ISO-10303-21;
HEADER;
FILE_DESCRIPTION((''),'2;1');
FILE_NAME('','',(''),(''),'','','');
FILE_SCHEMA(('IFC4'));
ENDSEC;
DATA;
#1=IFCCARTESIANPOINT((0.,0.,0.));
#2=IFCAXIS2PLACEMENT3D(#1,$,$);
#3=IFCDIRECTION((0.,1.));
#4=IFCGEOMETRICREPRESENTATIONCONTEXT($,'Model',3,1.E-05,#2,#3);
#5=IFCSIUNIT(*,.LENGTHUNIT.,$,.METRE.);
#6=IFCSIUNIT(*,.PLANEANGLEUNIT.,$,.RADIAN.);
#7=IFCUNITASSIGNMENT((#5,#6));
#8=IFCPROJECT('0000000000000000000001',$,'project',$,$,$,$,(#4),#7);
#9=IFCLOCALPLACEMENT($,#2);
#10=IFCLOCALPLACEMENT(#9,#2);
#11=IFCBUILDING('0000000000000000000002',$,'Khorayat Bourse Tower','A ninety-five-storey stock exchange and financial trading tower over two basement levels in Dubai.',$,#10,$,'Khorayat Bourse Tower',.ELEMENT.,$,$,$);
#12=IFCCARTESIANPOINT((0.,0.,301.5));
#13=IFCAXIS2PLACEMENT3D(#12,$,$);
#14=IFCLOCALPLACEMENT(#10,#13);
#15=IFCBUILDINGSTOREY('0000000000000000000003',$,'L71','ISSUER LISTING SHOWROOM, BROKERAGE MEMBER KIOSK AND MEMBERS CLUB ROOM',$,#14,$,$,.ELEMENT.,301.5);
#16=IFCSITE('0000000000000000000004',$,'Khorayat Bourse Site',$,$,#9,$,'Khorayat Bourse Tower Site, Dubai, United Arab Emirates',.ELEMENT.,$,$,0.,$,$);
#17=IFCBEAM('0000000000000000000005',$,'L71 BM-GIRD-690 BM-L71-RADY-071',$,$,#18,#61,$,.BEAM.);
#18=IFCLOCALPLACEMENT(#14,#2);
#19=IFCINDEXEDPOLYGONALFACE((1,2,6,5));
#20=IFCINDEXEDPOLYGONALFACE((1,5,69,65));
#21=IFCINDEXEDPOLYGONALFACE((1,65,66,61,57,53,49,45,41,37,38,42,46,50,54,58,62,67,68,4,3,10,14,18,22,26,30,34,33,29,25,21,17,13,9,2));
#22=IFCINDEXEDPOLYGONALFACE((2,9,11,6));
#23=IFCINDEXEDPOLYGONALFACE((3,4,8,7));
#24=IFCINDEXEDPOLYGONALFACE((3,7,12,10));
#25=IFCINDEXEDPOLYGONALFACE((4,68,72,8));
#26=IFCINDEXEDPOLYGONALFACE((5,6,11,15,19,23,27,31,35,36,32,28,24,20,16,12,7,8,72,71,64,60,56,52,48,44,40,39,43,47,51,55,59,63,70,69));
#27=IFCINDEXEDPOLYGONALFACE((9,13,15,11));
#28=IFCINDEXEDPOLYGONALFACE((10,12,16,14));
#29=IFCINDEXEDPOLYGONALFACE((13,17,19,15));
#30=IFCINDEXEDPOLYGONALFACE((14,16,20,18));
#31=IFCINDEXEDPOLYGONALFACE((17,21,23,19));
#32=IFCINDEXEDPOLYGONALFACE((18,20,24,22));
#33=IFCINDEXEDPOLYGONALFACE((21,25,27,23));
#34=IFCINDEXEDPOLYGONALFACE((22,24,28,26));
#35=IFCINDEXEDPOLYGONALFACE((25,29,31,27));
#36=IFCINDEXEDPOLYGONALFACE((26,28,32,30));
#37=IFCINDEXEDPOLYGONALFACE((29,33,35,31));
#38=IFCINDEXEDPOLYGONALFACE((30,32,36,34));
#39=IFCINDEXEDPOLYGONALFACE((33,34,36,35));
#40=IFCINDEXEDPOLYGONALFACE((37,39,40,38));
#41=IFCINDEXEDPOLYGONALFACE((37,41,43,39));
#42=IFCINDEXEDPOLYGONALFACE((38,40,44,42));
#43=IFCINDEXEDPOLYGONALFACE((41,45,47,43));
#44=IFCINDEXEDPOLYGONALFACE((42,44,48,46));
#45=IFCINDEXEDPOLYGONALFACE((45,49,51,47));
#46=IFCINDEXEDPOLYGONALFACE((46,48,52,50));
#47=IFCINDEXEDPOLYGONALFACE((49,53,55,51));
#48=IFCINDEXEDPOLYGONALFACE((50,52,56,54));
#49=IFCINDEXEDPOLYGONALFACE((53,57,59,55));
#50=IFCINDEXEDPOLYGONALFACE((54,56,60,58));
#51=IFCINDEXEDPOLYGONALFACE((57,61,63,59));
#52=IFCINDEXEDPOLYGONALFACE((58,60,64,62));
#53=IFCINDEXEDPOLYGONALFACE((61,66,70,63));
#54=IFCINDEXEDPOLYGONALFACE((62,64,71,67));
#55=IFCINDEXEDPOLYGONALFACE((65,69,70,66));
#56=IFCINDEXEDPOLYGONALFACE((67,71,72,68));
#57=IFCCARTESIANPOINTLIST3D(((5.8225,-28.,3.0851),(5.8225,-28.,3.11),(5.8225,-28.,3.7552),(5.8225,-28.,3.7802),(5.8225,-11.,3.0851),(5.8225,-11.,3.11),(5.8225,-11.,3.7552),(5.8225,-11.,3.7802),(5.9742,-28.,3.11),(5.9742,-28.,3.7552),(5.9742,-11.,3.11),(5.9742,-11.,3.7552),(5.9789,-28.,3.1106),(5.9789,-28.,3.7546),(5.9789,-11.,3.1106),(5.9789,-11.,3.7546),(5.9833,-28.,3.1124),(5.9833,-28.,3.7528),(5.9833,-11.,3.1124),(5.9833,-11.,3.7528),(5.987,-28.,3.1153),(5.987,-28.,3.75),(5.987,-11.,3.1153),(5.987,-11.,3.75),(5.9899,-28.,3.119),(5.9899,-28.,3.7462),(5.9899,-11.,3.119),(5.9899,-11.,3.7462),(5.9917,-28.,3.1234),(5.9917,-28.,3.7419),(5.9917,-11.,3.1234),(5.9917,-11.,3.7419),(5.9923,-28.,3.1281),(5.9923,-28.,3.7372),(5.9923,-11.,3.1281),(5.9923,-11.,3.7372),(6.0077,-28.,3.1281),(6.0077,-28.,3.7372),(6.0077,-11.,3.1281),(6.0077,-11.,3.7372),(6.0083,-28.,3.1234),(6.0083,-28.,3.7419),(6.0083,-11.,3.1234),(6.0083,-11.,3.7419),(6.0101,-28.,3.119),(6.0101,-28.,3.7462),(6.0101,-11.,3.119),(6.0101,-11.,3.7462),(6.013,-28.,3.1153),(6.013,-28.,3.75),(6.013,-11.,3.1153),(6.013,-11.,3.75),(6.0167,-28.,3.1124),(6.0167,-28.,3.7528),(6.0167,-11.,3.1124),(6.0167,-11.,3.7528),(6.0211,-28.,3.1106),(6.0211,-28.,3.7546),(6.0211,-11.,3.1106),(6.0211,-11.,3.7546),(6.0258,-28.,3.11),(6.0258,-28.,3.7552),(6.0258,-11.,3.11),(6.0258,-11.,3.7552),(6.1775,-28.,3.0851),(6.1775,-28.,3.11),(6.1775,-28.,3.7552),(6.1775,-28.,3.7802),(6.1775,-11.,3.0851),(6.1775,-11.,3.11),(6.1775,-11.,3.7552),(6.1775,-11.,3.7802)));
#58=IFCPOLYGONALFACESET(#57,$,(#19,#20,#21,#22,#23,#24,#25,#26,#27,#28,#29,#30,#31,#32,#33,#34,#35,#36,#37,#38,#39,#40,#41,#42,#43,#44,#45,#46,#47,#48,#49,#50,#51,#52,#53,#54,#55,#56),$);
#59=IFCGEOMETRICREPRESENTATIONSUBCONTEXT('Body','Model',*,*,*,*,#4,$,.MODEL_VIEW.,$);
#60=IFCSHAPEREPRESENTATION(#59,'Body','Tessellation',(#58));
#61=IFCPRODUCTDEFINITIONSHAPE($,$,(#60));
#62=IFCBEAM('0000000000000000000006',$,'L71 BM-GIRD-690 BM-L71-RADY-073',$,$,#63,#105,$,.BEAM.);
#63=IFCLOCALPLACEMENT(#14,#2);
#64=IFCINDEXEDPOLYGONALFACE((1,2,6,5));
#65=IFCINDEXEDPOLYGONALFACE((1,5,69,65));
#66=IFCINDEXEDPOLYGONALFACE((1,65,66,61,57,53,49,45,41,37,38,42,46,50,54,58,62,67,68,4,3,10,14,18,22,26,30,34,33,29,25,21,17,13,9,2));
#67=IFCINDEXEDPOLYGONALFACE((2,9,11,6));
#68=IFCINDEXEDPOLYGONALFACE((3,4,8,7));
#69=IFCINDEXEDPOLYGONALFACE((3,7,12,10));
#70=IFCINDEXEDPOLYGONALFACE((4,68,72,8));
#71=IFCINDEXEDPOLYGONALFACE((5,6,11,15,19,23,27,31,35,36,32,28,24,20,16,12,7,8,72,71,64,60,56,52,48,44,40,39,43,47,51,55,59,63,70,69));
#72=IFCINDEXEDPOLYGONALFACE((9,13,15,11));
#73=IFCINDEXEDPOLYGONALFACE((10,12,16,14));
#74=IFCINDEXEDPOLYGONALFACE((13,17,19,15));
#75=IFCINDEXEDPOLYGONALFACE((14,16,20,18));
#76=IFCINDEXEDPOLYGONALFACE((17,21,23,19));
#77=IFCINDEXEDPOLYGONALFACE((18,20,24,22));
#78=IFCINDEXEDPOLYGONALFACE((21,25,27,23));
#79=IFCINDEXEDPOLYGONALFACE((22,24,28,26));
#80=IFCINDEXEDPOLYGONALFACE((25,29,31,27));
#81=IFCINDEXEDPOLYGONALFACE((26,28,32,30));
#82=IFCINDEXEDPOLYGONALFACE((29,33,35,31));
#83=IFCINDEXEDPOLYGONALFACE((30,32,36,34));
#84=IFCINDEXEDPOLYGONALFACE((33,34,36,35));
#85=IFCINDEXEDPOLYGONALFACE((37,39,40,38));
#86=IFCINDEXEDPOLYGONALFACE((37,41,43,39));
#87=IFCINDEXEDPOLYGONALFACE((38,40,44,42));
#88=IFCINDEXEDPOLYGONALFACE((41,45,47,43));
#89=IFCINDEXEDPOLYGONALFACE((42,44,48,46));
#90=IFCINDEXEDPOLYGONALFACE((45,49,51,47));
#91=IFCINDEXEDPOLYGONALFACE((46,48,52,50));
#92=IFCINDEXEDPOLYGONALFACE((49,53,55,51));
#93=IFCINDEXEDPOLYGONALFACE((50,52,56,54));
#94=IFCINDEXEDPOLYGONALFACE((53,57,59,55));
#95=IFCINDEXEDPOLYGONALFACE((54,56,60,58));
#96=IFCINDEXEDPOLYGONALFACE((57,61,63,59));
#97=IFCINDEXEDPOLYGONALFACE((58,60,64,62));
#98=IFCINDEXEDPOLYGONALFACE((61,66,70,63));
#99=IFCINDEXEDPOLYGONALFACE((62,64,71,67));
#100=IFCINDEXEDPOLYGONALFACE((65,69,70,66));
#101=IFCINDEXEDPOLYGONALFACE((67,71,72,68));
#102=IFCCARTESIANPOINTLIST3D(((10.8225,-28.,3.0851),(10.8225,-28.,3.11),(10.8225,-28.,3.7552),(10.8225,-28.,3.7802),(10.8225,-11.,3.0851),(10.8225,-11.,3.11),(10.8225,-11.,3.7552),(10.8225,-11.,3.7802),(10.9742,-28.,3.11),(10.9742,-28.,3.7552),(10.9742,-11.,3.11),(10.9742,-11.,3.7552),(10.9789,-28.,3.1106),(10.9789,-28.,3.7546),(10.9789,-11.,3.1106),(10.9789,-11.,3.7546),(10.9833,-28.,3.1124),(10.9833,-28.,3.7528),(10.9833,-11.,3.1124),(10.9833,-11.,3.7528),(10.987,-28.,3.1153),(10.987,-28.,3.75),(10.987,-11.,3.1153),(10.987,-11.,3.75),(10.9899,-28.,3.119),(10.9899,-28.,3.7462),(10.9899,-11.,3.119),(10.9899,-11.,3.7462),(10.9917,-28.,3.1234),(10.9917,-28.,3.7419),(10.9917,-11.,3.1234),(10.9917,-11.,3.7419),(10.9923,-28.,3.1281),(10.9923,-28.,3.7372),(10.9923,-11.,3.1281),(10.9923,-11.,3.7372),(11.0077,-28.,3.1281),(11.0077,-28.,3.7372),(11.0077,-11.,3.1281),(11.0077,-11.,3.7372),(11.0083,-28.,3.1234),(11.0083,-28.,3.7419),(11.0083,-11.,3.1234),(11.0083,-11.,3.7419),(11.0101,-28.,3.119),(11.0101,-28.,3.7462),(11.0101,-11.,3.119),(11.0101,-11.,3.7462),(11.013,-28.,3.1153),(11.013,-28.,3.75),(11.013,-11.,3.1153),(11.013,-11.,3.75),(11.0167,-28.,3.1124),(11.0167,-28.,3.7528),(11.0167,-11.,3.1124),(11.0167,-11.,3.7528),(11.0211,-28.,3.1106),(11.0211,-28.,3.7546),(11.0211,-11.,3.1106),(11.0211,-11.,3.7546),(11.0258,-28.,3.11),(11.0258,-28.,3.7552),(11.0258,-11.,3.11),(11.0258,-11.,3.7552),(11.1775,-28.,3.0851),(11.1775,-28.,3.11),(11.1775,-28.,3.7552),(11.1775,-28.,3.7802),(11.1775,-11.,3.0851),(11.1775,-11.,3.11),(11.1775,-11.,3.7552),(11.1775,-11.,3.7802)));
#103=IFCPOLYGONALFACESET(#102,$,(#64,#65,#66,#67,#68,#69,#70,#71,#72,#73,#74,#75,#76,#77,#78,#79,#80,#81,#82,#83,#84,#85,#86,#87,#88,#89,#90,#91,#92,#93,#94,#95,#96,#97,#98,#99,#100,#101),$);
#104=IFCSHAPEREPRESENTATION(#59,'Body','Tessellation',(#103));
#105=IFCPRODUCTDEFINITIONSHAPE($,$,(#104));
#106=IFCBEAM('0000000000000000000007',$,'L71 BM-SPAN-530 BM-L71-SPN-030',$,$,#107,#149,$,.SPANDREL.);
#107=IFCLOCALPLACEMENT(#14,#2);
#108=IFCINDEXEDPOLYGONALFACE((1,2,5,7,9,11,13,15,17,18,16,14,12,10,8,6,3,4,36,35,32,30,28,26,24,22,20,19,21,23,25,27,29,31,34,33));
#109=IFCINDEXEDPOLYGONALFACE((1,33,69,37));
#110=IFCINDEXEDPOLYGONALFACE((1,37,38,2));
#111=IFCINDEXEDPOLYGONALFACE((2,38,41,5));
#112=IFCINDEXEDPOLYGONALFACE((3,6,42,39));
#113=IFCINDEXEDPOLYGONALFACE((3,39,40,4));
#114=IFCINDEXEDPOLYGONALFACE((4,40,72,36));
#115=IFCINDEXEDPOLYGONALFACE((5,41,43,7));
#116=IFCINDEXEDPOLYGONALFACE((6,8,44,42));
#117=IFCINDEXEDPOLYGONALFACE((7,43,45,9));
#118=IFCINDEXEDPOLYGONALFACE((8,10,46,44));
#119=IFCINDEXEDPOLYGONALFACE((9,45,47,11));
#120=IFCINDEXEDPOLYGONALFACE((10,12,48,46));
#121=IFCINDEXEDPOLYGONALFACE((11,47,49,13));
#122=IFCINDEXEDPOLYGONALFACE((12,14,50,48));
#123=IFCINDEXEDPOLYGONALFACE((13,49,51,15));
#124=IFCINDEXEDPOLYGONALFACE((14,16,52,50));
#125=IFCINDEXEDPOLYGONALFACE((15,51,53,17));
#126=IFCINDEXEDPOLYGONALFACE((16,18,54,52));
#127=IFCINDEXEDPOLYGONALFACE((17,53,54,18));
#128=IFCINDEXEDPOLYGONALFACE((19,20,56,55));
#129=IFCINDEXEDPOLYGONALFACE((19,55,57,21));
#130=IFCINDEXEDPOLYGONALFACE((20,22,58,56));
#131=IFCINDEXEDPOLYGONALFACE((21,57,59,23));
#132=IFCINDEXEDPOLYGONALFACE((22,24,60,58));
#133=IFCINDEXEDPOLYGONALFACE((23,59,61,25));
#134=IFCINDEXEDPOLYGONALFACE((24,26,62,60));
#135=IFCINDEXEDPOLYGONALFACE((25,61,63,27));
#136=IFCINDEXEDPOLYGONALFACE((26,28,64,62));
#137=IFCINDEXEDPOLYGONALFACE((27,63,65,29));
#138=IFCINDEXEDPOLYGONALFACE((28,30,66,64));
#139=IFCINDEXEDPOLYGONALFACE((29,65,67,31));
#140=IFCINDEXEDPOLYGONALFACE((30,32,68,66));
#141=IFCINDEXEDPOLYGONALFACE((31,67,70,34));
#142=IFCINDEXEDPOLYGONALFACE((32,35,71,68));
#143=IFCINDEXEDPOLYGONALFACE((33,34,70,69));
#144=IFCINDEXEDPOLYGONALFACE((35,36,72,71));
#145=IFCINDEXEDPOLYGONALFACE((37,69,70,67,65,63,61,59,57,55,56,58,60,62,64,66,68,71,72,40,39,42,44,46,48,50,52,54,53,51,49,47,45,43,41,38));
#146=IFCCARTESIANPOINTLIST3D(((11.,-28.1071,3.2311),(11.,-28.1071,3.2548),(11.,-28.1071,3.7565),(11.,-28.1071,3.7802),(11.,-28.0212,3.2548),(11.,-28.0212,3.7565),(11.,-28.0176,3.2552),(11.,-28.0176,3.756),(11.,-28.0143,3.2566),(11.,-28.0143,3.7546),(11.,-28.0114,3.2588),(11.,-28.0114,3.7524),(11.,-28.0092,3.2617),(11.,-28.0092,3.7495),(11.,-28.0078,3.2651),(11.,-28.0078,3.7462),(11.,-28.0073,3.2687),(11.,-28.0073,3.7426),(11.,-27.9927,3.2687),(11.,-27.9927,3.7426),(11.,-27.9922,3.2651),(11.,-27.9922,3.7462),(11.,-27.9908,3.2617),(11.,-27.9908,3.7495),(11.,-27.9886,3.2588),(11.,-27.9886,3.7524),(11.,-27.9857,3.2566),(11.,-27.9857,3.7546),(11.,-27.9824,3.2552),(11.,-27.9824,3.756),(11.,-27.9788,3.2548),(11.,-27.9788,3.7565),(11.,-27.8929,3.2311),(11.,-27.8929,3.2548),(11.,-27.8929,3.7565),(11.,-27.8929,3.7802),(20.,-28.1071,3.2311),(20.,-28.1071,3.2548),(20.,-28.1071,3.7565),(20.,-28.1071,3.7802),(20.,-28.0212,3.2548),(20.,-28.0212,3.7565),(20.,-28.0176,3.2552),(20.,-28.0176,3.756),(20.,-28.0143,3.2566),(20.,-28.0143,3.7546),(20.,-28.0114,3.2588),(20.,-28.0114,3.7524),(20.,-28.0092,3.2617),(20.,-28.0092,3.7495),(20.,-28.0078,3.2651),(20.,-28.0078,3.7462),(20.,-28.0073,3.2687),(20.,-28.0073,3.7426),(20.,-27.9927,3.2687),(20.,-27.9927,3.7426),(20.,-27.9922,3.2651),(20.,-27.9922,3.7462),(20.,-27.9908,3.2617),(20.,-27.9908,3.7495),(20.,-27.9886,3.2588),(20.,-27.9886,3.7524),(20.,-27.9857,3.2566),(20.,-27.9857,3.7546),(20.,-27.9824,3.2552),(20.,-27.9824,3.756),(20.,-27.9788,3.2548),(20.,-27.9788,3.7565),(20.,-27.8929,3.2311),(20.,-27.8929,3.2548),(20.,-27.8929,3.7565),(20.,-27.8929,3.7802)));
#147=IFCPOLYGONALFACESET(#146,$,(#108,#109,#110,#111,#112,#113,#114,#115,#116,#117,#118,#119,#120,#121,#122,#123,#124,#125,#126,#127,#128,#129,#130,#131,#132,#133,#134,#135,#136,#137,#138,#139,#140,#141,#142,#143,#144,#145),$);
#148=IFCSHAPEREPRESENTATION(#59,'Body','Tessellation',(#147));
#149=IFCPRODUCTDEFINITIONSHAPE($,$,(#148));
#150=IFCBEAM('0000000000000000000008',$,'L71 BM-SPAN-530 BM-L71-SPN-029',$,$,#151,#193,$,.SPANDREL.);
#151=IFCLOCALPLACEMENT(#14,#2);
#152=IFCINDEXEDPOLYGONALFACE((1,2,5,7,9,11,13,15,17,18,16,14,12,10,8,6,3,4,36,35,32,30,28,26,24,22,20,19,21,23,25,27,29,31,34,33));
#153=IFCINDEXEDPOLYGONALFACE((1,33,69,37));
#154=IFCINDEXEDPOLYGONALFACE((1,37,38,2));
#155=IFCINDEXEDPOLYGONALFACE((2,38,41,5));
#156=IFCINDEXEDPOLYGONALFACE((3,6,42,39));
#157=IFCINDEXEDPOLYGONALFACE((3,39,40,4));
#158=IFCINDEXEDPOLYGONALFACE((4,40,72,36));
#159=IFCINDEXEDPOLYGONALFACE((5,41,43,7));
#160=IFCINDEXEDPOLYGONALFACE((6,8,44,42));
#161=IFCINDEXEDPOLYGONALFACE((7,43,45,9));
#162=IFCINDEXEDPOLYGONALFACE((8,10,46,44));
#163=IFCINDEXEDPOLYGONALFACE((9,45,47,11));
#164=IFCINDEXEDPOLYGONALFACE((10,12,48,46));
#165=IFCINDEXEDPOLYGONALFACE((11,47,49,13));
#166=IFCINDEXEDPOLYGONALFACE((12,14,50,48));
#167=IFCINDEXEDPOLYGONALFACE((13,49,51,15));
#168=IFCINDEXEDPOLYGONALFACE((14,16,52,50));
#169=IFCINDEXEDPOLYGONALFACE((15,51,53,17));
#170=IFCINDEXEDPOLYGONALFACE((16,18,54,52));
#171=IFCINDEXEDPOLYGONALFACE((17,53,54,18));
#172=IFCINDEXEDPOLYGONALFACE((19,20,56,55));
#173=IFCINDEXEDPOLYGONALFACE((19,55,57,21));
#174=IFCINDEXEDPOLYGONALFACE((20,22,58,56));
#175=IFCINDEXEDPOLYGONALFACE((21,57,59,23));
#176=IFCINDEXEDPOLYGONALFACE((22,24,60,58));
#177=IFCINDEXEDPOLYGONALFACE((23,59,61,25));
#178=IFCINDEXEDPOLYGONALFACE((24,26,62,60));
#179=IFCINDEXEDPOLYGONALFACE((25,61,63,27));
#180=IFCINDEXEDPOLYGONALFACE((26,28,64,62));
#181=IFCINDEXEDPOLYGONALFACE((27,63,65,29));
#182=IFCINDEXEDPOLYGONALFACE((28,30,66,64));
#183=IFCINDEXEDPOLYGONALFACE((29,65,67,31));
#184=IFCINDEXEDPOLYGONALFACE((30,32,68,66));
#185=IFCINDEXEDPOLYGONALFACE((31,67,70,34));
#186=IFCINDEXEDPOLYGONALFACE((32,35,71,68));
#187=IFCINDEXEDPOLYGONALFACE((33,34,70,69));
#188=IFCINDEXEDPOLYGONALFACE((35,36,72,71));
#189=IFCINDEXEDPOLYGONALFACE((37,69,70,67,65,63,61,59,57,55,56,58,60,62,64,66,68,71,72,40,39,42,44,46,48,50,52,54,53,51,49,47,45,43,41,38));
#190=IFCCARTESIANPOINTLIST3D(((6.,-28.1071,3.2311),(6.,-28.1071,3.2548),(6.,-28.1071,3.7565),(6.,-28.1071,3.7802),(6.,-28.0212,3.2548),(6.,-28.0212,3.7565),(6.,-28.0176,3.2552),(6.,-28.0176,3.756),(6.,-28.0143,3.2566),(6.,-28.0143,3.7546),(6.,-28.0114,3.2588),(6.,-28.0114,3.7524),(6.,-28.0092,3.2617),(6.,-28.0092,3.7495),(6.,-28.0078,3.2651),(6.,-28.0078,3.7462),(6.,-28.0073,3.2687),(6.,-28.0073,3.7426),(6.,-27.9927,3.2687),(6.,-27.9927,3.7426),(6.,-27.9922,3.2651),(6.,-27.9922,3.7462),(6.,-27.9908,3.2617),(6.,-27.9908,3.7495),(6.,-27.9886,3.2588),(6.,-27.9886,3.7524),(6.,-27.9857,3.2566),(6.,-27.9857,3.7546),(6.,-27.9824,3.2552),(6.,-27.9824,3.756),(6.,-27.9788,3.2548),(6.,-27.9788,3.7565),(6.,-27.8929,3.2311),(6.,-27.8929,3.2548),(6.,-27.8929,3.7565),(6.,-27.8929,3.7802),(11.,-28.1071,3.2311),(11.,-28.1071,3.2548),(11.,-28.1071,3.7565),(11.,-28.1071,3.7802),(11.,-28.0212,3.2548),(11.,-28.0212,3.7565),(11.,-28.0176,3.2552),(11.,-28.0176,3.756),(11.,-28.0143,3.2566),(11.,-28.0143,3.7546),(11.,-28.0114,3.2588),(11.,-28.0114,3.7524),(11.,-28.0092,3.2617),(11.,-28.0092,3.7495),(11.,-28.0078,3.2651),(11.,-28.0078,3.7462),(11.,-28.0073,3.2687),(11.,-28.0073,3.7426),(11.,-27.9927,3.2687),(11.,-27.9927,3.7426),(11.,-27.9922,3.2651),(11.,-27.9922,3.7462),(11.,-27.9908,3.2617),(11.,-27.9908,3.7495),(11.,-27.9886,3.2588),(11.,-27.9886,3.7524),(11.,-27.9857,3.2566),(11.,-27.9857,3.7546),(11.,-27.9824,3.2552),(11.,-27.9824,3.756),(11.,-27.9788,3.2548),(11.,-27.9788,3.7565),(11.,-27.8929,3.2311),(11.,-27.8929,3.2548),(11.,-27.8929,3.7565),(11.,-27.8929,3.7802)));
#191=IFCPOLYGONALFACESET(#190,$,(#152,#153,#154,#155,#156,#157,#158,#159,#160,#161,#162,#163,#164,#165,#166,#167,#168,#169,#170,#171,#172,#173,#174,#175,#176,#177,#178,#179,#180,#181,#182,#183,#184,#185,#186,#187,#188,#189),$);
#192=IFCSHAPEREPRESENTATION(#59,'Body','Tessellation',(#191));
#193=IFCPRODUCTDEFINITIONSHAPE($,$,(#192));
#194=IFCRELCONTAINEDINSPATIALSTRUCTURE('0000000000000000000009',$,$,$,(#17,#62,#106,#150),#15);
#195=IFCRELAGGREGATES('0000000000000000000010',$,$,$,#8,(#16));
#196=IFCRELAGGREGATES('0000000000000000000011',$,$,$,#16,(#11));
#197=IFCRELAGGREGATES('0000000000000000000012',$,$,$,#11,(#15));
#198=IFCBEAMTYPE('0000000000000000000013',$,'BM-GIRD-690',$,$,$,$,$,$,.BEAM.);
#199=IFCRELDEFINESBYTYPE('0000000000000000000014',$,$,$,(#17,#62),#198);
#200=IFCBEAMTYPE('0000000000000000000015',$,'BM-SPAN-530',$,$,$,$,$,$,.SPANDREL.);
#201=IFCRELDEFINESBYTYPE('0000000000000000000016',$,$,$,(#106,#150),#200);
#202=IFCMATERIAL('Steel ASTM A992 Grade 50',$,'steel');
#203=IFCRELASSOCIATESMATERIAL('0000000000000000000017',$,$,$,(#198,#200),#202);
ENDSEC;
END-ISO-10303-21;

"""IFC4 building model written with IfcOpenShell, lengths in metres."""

from ifc_helpers import new_model, si_unit, direction, frame, origin, origin_2d, place, context, subcontext, project, spatial, i_section, extrude, source, transform, mapped, material, material_profile, profile_set, type_object, element, save


model = new_model("IFC4")

# Units and contexts
model_context = context("Model", 3, precision=1e-05, world=origin(), true_north=direction((0.0, 1.0)))
body_context = subcontext(model_context, "Body", "Model", "MODEL_VIEW")
ifc_project = project(units=[si_unit("LENGTHUNIT", "METRE"), si_unit("PLANEANGLEUNIT", "RADIAN")], contexts=[model_context])

# Site, building, storey
site_placement = place(None, origin())
site = spatial("IfcSite", under=ifc_project, at=site_placement, Name="Khorayat Bourse Site", LongName="Khorayat Bourse Tower Site, Dubai, United Arab Emirates", CompositionType="ELEMENT", RefElevation=0.0)
building_placement = place(site_placement, origin())
building = spatial("IfcBuilding", under=site, at=building_placement, Name="Khorayat Bourse Tower", Description="A ninety-five-storey stock exchange and financial trading tower over two basement levels in Dubai.", LongName="Khorayat Bourse Tower", CompositionType="ELEMENT")
storey_placement = place(building_placement, frame((0.0, 0.0, 301.5)))
storey = spatial("IfcBuildingStorey", under=building, at=storey_placement, Name="L71", Description="ISSUER LISTING SHOWROOM, BROKERAGE MEMBER KIOSK AND MEMBERS CLUB ROOM", CompositionType="ELEMENT", Elevation=301.5)

# Shared definitions
ifc_material_1 = material(Name="Steel ASTM A992 Grade 50", Category="steel")
ifc_material_profile_1 = material_profile(ifc_material_1, i_section(OverallWidth=0.355, OverallDepth=0.6951, WebThickness=0.0154, FlangeThickness=0.0249, FilletRadius=0.0181, at=origin_2d()), Name="W690X217")
ifc_profile_set_1 = profile_set([ifc_material_profile_1], Name="Steel ASTM A992 Grade 50")
beam_type_1 = type_object("IfcBeamType", Name="BM-GIRD-690", PredefinedType="BEAM", material=ifc_profile_set_1)

# Beams
shared_shape_1 = source(origin(), body_context, "Body", "SweptSolid", [
    extrude(i_section(OverallWidth=0.355, OverallDepth=0.6951, WebThickness=0.0154, FlangeThickness=0.0249, FilletRadius=0.0181, at=origin_2d()), origin(), (0.0, 0.0, 1.0), 17.0),
])
for number, where, z_axis, x_axis, name in (
    (1, (6.0, -28.0, 3.4326), (0.0, 1.0, 0.0), (-1.0, 0.0, 0.0), "L71 BM-GIRD-690 BM-L71-RADY-071"),
    (2, (11.0, -28.0, 3.4326), (0.0, 1.0, 0.0), (-1.0, 0.0, 0.0), "L71 BM-GIRD-690 BM-L71-RADY-073"),
):
    element("IfcBeam", number, at=place(storey_placement, frame(where, z_axis=z_axis, x_axis=x_axis)), inside=storey, type_object=beam_type_1, Name=name, PredefinedType="BEAM", context=body_context, shape_type="MappedRepresentation", body=[
        mapped(shared_shape_1, transform((0.0, 0.0, 0.0), scale=1.0)),
    ])
ifc_material_profile_2 = material_profile(ifc_material_1, i_section(OverallWidth=0.2141, OverallDepth=0.5491, WebThickness=0.0146, FlangeThickness=0.0237, FilletRadius=0.0139, at=origin_2d()), Name="W530X138")
ifc_profile_set_2 = profile_set([ifc_material_profile_2], Name="Steel ASTM A992 Grade 50")
beam_type_2 = type_object("IfcBeamType", Name="BM-SPAN-530", PredefinedType="SPANDREL", material=ifc_profile_set_2)
shared_shape_2 = source(origin(), body_context, "Body", "SweptSolid", [
    extrude(i_section(OverallWidth=0.2141, OverallDepth=0.5491, WebThickness=0.0146, FlangeThickness=0.0237, FilletRadius=0.0139, at=origin_2d()), origin(), (0.0, 0.0, 1.0), 9.0),
])
beam_1_placement = place(storey_placement, frame((11.0, -28.0, 3.5056), z_axis=(1.0, 0.0, 0.0), x_axis=(0.0, 1.0, 0.0)))
element("IfcBeam", 3, at=beam_1_placement, inside=storey, type_object=beam_type_2, Name="L71 BM-SPAN-530 BM-L71-SPN-030", PredefinedType="SPANDREL", context=body_context, shape_type="MappedRepresentation", body=[
    mapped(shared_shape_2, transform((0.0, 0.0, 0.0), scale=1.0)),
])
shared_shape_3 = source(origin(), body_context, "Body", "SweptSolid", [
    extrude(i_section(OverallWidth=0.2141, OverallDepth=0.5491, WebThickness=0.0146, FlangeThickness=0.0237, FilletRadius=0.0139, at=origin_2d()), origin(), (0.0, 0.0, 1.0), 5.0),
])
beam_2_placement = place(storey_placement, frame((6.0, -28.0, 3.5056), z_axis=(1.0, 0.0, 0.0), x_axis=(0.0, 1.0, 0.0)))
element("IfcBeam", 4, at=beam_2_placement, inside=storey, type_object=beam_type_2, Name="L71 BM-SPAN-530 BM-L71-SPN-029", PredefinedType="SPANDREL", context=body_context, shape_type="MappedRepresentation", body=[
    mapped(shared_shape_3, transform((0.0, 0.0, 0.0), scale=1.0)),
])

save(model, "model.ifc")
